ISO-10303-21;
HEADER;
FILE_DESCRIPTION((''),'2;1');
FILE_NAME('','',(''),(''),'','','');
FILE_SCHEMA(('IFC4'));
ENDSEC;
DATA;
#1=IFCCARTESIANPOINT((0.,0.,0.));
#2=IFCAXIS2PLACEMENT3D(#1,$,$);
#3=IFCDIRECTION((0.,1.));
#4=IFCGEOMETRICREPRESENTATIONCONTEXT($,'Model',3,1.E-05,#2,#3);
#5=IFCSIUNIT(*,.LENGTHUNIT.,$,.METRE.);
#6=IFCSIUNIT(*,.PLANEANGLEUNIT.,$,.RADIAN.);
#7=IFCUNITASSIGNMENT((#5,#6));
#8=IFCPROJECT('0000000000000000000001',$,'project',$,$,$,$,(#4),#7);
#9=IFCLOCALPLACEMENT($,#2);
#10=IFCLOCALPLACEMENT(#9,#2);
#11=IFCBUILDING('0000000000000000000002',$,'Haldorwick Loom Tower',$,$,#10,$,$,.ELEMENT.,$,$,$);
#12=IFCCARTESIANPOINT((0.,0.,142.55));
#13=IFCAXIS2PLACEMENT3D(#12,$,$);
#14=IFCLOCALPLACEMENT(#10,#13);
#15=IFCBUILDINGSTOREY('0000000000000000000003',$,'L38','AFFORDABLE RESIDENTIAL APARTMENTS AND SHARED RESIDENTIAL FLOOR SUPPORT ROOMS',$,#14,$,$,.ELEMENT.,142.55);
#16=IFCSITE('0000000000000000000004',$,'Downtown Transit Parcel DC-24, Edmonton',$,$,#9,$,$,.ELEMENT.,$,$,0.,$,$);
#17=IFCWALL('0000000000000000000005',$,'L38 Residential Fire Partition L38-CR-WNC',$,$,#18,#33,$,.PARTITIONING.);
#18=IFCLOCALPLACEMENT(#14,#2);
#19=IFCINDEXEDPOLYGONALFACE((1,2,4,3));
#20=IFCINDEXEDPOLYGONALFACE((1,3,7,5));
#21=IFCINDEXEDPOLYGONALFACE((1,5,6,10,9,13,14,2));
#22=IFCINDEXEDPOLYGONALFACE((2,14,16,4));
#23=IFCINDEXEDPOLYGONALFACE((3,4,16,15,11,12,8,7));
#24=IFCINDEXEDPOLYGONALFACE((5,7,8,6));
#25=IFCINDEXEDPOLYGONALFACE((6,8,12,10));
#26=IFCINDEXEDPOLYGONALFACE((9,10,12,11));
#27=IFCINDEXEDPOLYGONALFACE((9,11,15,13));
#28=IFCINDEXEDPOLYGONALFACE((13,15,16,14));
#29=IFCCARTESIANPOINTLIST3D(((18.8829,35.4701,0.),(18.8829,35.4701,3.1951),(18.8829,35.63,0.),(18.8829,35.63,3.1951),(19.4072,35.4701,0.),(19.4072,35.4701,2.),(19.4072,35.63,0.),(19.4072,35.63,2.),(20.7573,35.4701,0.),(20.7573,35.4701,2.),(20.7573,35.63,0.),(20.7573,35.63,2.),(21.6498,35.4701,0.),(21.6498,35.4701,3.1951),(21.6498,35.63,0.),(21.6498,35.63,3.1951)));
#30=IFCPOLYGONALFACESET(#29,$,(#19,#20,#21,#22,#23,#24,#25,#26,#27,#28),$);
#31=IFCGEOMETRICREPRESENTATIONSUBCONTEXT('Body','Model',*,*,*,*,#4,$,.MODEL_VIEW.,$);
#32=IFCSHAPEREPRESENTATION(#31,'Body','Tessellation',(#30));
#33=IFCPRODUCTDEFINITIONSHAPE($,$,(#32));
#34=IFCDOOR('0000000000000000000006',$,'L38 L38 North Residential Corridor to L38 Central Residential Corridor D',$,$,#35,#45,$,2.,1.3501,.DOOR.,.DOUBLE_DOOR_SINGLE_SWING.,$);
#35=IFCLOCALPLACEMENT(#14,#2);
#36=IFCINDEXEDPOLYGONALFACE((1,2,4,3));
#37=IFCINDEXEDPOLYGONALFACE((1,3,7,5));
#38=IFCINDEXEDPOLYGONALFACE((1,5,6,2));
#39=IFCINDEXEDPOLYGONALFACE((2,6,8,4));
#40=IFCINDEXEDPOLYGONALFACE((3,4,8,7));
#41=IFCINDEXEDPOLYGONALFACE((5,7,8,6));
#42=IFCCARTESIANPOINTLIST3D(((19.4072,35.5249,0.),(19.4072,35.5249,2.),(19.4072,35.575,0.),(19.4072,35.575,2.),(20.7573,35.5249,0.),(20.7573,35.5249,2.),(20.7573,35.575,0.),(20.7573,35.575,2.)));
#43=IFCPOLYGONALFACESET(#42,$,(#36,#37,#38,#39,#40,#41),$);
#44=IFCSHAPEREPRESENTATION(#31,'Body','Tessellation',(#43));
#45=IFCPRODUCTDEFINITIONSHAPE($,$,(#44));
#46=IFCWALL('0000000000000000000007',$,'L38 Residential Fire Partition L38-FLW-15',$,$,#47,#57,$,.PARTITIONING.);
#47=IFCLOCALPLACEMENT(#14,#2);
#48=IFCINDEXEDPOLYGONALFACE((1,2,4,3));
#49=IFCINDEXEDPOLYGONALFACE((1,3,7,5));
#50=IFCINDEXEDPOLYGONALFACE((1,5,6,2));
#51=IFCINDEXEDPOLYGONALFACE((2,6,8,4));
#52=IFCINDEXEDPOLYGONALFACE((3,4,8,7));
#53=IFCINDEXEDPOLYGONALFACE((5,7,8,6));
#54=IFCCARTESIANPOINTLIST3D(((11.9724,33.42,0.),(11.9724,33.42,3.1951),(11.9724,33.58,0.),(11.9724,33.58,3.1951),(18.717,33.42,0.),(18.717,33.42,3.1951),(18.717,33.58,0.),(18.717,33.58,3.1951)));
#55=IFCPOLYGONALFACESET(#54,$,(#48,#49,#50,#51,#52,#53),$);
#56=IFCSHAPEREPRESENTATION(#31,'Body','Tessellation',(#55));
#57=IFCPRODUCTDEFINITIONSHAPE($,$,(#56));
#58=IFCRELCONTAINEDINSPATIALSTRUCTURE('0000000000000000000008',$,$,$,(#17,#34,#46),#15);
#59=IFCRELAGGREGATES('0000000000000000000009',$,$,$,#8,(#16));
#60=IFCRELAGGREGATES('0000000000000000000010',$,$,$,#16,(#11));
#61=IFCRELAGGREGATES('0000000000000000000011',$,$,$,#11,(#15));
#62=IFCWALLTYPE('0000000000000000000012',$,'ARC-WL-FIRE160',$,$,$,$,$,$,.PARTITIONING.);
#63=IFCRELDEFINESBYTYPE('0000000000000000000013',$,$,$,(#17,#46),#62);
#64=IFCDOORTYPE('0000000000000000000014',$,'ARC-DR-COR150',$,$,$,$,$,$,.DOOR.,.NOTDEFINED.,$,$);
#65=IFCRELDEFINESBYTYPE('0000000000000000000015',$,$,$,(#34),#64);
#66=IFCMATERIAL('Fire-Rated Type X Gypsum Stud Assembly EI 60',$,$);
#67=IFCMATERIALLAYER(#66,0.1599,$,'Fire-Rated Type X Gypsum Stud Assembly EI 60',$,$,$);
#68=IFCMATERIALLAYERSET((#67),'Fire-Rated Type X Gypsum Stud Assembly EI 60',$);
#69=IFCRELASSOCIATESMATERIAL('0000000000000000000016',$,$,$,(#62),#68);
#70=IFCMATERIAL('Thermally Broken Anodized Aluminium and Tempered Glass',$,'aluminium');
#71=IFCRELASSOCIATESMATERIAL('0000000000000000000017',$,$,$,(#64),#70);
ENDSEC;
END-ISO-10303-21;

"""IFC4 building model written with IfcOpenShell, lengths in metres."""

from ifc_helpers import new_model, si_unit, direction, frame, frame_2d, origin, place, context, subcontext, project, spatial, rectangle, extrude, material, layer, layer_set, type_object, element, fill, save


model = new_model("IFC4")

# Units and contexts
model_context = context("Model", 3, precision=1e-05, world=origin(), true_north=direction((0.0, 1.0)))
body_context = subcontext(model_context, "Body", "Model", "MODEL_VIEW")
ifc_project = project(units=[si_unit("LENGTHUNIT", "METRE"), si_unit("PLANEANGLEUNIT", "RADIAN")], contexts=[model_context])

# Site, building, storey
site_placement = place(None, origin())
site = spatial("IfcSite", under=ifc_project, at=site_placement, Name="Downtown Transit Parcel DC-24, Edmonton", CompositionType="ELEMENT", RefElevation=0.0)
building_placement = place(site_placement, origin())
building = spatial("IfcBuilding", under=site, at=building_placement, Name="Haldorwick Loom Tower", CompositionType="ELEMENT")
storey_placement = place(building_placement, frame((0.0, 0.0, 142.55)))
storey = spatial("IfcBuildingStorey", under=building, at=storey_placement, Name="L38", Description="AFFORDABLE RESIDENTIAL APARTMENTS AND SHARED RESIDENTIAL FLOOR SUPPORT ROOMS", CompositionType="ELEMENT", Elevation=142.55)

# Shared definitions
ifc_material_1 = material(Name="Fire-Rated Type X Gypsum Stud Assembly EI 60")
ifc_layer_1 = layer(ifc_material_1, 0.1599, Name="Fire-Rated Type X Gypsum Stud Assembly EI 60")
ifc_layer_set_1 = layer_set([ifc_layer_1], Name="Fire-Rated Type X Gypsum Stud Assembly EI 60")
wall_type_1 = type_object("IfcWallType", Name="ARC-WL-FIRE160", PredefinedType="PARTITIONING", material=ifc_layer_set_1)

# Wall, opening, door
wall_1_placement = place(storey_placement, frame((18.8831, 35.55, 0.0), z_axis=(0.0, 0.0, 1.0), x_axis=(1.0, 0.0, 0.0)))
wall_1 = element("IfcWall", 1, at=wall_1_placement, inside=storey, type_object=wall_type_1, Name="L38 Residential Fire Partition L38-CR-WNC", PredefinedType="PARTITIONING", context=body_context, shape_type="SweptSolid", body=[
    extrude(rectangle(XDim=2.7668, YDim=0.1599, at=frame_2d((1.3833, 0.0))), origin(), (0.0, 0.0, 1.0), 3.1951),
])
opening_1_placement = place(wall_1_placement, frame((0.5242, 0.0, 0.0)))
opening_1 = element("IfcOpeningElement", 2, at=opening_1_placement, cuts=wall_1, PredefinedType="OPENING", context=body_context, shape_type="SweptSolid", body=[
    extrude(rectangle(XDim=1.3501, YDim=2.0, at=frame_2d((0.675, 1.0))), frame((0.0, 0.0898, 0.0), z_axis=(0.0, -1.0, 0.0), x_axis=(1.0, 0.0, 0.0)), (0.0, 0.0, 1.0), 0.1799),
])
ifc_material_2 = material(Name="Thermally Broken Anodized Aluminium and Tempered Glass", Category="aluminium")
door_type_1 = type_object("IfcDoorType", Name="ARC-DR-COR150", OperationType="NOTDEFINED", PredefinedType="DOOR", material=ifc_material_2)
door_1_placement = place(opening_1_placement, origin())
door_1 = element("IfcDoor", 3, at=door_1_placement, inside=storey, type_object=door_type_1, Name="L38 L38 North Residential Corridor to L38 Central Residential Corridor D", OperationType="DOUBLE_DOOR_SINGLE_SWING", OverallHeight=2.0, OverallWidth=1.3501, PredefinedType="DOOR", context=body_context, shape_type="SweptSolid", body=[
    extrude(rectangle(XDim=1.3501, YDim=2.0, at=frame_2d((0.675, 1.0))), frame((0.0, 0.0249, 0.0), z_axis=(0.0, -1.0, 0.0), x_axis=(1.0, 0.0, 0.0)), (0.0, 0.0, 1.0), 0.05),
])
fill(opening_1, door_1)

# Wall
wall_2_placement = place(storey_placement, frame((11.9724, 33.5, 0.0), z_axis=(0.0, 0.0, 1.0), x_axis=(1.0, 0.0, 0.0)))
element("IfcWall", 4, at=wall_2_placement, inside=storey, type_object=wall_type_1, Name="L38 Residential Fire Partition L38-FLW-15", PredefinedType="PARTITIONING", context=body_context, shape_type="SweptSolid", body=[
    extrude(rectangle(XDim=6.7446, YDim=0.1599, at=frame_2d((3.3723, 0.0))), origin(), (0.0, 0.0, 1.0), 3.1951),
])

save(model, "model.ifc")
